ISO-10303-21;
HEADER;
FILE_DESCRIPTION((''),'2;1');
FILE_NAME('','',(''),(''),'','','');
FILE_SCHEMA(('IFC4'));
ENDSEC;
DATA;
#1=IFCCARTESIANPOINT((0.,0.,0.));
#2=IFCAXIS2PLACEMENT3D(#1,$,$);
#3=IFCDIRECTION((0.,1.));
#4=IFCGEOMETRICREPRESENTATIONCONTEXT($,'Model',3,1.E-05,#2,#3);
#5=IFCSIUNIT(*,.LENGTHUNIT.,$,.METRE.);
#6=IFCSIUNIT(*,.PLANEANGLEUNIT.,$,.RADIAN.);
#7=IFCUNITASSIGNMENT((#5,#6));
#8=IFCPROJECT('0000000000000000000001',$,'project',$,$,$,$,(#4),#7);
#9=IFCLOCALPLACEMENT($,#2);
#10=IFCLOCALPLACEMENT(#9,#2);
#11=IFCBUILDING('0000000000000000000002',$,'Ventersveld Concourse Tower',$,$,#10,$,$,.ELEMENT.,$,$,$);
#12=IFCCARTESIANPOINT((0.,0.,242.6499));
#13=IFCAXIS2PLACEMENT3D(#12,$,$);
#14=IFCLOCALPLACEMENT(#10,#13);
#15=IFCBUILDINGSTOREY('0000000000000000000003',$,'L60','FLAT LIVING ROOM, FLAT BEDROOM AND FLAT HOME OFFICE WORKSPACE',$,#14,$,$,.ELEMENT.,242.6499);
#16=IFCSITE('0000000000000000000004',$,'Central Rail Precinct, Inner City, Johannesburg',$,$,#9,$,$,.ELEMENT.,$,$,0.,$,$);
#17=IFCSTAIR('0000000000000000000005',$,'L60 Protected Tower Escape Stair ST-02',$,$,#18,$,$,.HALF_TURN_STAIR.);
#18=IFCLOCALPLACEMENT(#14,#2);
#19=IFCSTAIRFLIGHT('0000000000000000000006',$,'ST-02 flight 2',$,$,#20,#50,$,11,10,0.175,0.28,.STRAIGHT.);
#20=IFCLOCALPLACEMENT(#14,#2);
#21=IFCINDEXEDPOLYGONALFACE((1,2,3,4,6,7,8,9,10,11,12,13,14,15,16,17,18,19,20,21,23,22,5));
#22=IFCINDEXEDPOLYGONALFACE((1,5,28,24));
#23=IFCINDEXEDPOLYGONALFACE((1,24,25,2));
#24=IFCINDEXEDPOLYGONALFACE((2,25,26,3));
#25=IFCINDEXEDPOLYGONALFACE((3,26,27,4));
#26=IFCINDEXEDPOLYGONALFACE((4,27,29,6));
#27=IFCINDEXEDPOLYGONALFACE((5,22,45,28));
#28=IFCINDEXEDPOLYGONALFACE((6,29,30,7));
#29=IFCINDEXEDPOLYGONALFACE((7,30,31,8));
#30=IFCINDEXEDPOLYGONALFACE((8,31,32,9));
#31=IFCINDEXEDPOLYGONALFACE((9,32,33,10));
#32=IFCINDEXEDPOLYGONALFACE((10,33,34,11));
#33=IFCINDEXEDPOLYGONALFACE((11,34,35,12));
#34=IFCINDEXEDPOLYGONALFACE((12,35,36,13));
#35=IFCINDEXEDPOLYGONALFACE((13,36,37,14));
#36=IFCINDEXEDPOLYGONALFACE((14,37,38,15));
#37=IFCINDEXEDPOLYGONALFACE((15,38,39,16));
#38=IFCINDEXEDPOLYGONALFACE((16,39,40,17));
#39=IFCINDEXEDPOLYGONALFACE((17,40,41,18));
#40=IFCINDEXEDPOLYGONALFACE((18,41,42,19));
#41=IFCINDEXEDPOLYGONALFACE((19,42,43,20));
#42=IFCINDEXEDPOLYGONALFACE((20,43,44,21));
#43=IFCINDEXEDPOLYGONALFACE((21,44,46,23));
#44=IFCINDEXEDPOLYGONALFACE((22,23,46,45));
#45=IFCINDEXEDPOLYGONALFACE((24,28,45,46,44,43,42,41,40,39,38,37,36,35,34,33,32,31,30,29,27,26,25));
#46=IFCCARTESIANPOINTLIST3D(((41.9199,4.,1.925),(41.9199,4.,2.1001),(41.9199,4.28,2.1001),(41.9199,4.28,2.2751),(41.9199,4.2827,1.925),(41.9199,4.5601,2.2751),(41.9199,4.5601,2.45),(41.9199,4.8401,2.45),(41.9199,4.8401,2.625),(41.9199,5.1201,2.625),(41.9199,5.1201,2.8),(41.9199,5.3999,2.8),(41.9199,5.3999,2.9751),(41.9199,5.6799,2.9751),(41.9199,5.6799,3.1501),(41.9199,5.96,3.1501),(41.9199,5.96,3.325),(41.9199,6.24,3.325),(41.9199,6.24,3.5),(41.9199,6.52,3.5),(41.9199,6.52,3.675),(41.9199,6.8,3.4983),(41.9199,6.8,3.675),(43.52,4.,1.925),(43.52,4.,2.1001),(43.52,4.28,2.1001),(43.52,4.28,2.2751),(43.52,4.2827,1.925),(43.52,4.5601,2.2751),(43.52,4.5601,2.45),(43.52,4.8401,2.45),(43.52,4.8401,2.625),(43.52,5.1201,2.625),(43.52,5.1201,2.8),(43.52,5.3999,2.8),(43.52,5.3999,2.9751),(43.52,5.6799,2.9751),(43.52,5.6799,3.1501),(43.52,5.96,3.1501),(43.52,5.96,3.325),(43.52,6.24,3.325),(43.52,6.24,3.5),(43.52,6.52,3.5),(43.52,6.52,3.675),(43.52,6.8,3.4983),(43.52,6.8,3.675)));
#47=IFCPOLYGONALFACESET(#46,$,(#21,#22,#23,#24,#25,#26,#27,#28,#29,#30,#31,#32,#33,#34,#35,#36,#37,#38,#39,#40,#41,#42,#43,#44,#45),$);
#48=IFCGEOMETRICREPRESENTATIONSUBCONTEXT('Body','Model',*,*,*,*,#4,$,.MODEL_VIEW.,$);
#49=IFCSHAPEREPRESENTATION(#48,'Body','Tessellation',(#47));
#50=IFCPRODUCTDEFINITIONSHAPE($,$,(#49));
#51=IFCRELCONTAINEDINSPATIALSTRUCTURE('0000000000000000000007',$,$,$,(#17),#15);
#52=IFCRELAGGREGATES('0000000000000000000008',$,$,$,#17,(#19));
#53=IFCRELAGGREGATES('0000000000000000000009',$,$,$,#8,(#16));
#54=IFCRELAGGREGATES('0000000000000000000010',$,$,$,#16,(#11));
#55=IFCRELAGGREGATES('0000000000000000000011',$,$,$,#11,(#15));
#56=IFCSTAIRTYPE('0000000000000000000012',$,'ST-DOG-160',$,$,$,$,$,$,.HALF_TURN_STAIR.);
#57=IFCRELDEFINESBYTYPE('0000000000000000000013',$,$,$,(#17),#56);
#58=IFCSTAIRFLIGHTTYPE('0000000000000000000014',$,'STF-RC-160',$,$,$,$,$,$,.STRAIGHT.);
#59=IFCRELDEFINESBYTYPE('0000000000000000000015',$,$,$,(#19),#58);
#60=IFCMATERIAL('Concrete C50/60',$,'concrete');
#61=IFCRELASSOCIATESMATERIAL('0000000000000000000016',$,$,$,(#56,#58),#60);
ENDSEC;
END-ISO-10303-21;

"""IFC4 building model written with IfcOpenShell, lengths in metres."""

from ifc_helpers import new_model, si_unit, direction, frame, origin, place, context, subcontext, project, spatial, polyline, outline, extrude, material, type_object, element, aggregate, save


model = new_model("IFC4")

# Units and contexts
model_context = context("Model", 3, precision=1e-05, world=origin(), true_north=direction((0.0, 1.0)))
body_context = subcontext(model_context, "Body", "Model", "MODEL_VIEW")
ifc_project = project(units=[si_unit("LENGTHUNIT", "METRE"), si_unit("PLANEANGLEUNIT", "RADIAN")], contexts=[model_context])

# Site, building, storey
site_placement = place(None, origin())
site = spatial("IfcSite", under=ifc_project, at=site_placement, Name="Central Rail Precinct, Inner City, Johannesburg", CompositionType="ELEMENT", RefElevation=0.0)
building_placement = place(site_placement, origin())
building = spatial("IfcBuilding", under=site, at=building_placement, Name="Ventersveld Concourse Tower", CompositionType="ELEMENT")
storey_placement = place(building_placement, frame((0.0, 0.0, 242.6499)))
storey = spatial("IfcBuildingStorey", under=building, at=storey_placement, Name="L60", Description="FLAT LIVING ROOM, FLAT BEDROOM AND FLAT HOME OFFICE WORKSPACE", CompositionType="ELEMENT", Elevation=242.6499)

# Shared definitions
ifc_material_1 = material(Name="Concrete C50/60", Category="concrete")

# Stair, stair flight
stair_type = type_object("IfcStairType", Name="ST-DOG-160", PredefinedType="HALF_TURN_STAIR", material=ifc_material_1)
stair_placement = place(storey_placement, origin())
stair = element("IfcStair", 1, at=stair_placement, inside=storey, type_object=stair_type, Name="L60 Protected Tower Escape Stair ST-02", PredefinedType="HALF_TURN_STAIR")
stair_flight_type = type_object("IfcStairFlightType", Name="STF-RC-160", PredefinedType="STRAIGHT", material=ifc_material_1)
stair_flight_1_placement = place(storey_placement, frame((42.72, 4.0, 1.925), z_axis=(0.0, 0.0, 1.0), x_axis=(0.0, 1.0, 0.0)))
stair_flight_1 = element("IfcStairFlight", 2, at=stair_flight_1_placement, type_object=stair_flight_type, Name="ST-02 flight 2", NumberOfRisers=11, NumberOfTreads=10, PredefinedType="STRAIGHT", RiserHeight=0.175, TreadLength=0.28, context=body_context, shape_type="SweptSolid", body=[
    extrude(outline(polyline([(0.0, 0.0), (0.0, 0.175), (0.28, 0.175), (0.28, 0.3501), (0.5601, 0.3501), (0.5601, 0.5249), (0.8401, 0.5249), (0.8401, 0.7), (1.1201, 0.7), (1.1201, 0.875), (1.3999, 0.875), (1.3999, 1.05), (1.6799, 1.05), (1.6799, 1.2251), (1.96, 1.2251), (1.96, 1.3999), (2.24, 1.3999), (2.24, 1.575), (2.52, 1.575), (2.52, 1.75), (2.8, 1.75), (2.8, 1.925), (2.8, 1.5732), (0.2827, 0.0), (0.0, 0.0)])), frame((0.0, 0.8, 0.0), z_axis=(0.0, -1.0, 0.0), x_axis=(1.0, 0.0, 0.0)), (0.0, 0.0, 1.0), 1.6001),
])
aggregate(stair, [stair_flight_1])

save(model, "model.ifc")
